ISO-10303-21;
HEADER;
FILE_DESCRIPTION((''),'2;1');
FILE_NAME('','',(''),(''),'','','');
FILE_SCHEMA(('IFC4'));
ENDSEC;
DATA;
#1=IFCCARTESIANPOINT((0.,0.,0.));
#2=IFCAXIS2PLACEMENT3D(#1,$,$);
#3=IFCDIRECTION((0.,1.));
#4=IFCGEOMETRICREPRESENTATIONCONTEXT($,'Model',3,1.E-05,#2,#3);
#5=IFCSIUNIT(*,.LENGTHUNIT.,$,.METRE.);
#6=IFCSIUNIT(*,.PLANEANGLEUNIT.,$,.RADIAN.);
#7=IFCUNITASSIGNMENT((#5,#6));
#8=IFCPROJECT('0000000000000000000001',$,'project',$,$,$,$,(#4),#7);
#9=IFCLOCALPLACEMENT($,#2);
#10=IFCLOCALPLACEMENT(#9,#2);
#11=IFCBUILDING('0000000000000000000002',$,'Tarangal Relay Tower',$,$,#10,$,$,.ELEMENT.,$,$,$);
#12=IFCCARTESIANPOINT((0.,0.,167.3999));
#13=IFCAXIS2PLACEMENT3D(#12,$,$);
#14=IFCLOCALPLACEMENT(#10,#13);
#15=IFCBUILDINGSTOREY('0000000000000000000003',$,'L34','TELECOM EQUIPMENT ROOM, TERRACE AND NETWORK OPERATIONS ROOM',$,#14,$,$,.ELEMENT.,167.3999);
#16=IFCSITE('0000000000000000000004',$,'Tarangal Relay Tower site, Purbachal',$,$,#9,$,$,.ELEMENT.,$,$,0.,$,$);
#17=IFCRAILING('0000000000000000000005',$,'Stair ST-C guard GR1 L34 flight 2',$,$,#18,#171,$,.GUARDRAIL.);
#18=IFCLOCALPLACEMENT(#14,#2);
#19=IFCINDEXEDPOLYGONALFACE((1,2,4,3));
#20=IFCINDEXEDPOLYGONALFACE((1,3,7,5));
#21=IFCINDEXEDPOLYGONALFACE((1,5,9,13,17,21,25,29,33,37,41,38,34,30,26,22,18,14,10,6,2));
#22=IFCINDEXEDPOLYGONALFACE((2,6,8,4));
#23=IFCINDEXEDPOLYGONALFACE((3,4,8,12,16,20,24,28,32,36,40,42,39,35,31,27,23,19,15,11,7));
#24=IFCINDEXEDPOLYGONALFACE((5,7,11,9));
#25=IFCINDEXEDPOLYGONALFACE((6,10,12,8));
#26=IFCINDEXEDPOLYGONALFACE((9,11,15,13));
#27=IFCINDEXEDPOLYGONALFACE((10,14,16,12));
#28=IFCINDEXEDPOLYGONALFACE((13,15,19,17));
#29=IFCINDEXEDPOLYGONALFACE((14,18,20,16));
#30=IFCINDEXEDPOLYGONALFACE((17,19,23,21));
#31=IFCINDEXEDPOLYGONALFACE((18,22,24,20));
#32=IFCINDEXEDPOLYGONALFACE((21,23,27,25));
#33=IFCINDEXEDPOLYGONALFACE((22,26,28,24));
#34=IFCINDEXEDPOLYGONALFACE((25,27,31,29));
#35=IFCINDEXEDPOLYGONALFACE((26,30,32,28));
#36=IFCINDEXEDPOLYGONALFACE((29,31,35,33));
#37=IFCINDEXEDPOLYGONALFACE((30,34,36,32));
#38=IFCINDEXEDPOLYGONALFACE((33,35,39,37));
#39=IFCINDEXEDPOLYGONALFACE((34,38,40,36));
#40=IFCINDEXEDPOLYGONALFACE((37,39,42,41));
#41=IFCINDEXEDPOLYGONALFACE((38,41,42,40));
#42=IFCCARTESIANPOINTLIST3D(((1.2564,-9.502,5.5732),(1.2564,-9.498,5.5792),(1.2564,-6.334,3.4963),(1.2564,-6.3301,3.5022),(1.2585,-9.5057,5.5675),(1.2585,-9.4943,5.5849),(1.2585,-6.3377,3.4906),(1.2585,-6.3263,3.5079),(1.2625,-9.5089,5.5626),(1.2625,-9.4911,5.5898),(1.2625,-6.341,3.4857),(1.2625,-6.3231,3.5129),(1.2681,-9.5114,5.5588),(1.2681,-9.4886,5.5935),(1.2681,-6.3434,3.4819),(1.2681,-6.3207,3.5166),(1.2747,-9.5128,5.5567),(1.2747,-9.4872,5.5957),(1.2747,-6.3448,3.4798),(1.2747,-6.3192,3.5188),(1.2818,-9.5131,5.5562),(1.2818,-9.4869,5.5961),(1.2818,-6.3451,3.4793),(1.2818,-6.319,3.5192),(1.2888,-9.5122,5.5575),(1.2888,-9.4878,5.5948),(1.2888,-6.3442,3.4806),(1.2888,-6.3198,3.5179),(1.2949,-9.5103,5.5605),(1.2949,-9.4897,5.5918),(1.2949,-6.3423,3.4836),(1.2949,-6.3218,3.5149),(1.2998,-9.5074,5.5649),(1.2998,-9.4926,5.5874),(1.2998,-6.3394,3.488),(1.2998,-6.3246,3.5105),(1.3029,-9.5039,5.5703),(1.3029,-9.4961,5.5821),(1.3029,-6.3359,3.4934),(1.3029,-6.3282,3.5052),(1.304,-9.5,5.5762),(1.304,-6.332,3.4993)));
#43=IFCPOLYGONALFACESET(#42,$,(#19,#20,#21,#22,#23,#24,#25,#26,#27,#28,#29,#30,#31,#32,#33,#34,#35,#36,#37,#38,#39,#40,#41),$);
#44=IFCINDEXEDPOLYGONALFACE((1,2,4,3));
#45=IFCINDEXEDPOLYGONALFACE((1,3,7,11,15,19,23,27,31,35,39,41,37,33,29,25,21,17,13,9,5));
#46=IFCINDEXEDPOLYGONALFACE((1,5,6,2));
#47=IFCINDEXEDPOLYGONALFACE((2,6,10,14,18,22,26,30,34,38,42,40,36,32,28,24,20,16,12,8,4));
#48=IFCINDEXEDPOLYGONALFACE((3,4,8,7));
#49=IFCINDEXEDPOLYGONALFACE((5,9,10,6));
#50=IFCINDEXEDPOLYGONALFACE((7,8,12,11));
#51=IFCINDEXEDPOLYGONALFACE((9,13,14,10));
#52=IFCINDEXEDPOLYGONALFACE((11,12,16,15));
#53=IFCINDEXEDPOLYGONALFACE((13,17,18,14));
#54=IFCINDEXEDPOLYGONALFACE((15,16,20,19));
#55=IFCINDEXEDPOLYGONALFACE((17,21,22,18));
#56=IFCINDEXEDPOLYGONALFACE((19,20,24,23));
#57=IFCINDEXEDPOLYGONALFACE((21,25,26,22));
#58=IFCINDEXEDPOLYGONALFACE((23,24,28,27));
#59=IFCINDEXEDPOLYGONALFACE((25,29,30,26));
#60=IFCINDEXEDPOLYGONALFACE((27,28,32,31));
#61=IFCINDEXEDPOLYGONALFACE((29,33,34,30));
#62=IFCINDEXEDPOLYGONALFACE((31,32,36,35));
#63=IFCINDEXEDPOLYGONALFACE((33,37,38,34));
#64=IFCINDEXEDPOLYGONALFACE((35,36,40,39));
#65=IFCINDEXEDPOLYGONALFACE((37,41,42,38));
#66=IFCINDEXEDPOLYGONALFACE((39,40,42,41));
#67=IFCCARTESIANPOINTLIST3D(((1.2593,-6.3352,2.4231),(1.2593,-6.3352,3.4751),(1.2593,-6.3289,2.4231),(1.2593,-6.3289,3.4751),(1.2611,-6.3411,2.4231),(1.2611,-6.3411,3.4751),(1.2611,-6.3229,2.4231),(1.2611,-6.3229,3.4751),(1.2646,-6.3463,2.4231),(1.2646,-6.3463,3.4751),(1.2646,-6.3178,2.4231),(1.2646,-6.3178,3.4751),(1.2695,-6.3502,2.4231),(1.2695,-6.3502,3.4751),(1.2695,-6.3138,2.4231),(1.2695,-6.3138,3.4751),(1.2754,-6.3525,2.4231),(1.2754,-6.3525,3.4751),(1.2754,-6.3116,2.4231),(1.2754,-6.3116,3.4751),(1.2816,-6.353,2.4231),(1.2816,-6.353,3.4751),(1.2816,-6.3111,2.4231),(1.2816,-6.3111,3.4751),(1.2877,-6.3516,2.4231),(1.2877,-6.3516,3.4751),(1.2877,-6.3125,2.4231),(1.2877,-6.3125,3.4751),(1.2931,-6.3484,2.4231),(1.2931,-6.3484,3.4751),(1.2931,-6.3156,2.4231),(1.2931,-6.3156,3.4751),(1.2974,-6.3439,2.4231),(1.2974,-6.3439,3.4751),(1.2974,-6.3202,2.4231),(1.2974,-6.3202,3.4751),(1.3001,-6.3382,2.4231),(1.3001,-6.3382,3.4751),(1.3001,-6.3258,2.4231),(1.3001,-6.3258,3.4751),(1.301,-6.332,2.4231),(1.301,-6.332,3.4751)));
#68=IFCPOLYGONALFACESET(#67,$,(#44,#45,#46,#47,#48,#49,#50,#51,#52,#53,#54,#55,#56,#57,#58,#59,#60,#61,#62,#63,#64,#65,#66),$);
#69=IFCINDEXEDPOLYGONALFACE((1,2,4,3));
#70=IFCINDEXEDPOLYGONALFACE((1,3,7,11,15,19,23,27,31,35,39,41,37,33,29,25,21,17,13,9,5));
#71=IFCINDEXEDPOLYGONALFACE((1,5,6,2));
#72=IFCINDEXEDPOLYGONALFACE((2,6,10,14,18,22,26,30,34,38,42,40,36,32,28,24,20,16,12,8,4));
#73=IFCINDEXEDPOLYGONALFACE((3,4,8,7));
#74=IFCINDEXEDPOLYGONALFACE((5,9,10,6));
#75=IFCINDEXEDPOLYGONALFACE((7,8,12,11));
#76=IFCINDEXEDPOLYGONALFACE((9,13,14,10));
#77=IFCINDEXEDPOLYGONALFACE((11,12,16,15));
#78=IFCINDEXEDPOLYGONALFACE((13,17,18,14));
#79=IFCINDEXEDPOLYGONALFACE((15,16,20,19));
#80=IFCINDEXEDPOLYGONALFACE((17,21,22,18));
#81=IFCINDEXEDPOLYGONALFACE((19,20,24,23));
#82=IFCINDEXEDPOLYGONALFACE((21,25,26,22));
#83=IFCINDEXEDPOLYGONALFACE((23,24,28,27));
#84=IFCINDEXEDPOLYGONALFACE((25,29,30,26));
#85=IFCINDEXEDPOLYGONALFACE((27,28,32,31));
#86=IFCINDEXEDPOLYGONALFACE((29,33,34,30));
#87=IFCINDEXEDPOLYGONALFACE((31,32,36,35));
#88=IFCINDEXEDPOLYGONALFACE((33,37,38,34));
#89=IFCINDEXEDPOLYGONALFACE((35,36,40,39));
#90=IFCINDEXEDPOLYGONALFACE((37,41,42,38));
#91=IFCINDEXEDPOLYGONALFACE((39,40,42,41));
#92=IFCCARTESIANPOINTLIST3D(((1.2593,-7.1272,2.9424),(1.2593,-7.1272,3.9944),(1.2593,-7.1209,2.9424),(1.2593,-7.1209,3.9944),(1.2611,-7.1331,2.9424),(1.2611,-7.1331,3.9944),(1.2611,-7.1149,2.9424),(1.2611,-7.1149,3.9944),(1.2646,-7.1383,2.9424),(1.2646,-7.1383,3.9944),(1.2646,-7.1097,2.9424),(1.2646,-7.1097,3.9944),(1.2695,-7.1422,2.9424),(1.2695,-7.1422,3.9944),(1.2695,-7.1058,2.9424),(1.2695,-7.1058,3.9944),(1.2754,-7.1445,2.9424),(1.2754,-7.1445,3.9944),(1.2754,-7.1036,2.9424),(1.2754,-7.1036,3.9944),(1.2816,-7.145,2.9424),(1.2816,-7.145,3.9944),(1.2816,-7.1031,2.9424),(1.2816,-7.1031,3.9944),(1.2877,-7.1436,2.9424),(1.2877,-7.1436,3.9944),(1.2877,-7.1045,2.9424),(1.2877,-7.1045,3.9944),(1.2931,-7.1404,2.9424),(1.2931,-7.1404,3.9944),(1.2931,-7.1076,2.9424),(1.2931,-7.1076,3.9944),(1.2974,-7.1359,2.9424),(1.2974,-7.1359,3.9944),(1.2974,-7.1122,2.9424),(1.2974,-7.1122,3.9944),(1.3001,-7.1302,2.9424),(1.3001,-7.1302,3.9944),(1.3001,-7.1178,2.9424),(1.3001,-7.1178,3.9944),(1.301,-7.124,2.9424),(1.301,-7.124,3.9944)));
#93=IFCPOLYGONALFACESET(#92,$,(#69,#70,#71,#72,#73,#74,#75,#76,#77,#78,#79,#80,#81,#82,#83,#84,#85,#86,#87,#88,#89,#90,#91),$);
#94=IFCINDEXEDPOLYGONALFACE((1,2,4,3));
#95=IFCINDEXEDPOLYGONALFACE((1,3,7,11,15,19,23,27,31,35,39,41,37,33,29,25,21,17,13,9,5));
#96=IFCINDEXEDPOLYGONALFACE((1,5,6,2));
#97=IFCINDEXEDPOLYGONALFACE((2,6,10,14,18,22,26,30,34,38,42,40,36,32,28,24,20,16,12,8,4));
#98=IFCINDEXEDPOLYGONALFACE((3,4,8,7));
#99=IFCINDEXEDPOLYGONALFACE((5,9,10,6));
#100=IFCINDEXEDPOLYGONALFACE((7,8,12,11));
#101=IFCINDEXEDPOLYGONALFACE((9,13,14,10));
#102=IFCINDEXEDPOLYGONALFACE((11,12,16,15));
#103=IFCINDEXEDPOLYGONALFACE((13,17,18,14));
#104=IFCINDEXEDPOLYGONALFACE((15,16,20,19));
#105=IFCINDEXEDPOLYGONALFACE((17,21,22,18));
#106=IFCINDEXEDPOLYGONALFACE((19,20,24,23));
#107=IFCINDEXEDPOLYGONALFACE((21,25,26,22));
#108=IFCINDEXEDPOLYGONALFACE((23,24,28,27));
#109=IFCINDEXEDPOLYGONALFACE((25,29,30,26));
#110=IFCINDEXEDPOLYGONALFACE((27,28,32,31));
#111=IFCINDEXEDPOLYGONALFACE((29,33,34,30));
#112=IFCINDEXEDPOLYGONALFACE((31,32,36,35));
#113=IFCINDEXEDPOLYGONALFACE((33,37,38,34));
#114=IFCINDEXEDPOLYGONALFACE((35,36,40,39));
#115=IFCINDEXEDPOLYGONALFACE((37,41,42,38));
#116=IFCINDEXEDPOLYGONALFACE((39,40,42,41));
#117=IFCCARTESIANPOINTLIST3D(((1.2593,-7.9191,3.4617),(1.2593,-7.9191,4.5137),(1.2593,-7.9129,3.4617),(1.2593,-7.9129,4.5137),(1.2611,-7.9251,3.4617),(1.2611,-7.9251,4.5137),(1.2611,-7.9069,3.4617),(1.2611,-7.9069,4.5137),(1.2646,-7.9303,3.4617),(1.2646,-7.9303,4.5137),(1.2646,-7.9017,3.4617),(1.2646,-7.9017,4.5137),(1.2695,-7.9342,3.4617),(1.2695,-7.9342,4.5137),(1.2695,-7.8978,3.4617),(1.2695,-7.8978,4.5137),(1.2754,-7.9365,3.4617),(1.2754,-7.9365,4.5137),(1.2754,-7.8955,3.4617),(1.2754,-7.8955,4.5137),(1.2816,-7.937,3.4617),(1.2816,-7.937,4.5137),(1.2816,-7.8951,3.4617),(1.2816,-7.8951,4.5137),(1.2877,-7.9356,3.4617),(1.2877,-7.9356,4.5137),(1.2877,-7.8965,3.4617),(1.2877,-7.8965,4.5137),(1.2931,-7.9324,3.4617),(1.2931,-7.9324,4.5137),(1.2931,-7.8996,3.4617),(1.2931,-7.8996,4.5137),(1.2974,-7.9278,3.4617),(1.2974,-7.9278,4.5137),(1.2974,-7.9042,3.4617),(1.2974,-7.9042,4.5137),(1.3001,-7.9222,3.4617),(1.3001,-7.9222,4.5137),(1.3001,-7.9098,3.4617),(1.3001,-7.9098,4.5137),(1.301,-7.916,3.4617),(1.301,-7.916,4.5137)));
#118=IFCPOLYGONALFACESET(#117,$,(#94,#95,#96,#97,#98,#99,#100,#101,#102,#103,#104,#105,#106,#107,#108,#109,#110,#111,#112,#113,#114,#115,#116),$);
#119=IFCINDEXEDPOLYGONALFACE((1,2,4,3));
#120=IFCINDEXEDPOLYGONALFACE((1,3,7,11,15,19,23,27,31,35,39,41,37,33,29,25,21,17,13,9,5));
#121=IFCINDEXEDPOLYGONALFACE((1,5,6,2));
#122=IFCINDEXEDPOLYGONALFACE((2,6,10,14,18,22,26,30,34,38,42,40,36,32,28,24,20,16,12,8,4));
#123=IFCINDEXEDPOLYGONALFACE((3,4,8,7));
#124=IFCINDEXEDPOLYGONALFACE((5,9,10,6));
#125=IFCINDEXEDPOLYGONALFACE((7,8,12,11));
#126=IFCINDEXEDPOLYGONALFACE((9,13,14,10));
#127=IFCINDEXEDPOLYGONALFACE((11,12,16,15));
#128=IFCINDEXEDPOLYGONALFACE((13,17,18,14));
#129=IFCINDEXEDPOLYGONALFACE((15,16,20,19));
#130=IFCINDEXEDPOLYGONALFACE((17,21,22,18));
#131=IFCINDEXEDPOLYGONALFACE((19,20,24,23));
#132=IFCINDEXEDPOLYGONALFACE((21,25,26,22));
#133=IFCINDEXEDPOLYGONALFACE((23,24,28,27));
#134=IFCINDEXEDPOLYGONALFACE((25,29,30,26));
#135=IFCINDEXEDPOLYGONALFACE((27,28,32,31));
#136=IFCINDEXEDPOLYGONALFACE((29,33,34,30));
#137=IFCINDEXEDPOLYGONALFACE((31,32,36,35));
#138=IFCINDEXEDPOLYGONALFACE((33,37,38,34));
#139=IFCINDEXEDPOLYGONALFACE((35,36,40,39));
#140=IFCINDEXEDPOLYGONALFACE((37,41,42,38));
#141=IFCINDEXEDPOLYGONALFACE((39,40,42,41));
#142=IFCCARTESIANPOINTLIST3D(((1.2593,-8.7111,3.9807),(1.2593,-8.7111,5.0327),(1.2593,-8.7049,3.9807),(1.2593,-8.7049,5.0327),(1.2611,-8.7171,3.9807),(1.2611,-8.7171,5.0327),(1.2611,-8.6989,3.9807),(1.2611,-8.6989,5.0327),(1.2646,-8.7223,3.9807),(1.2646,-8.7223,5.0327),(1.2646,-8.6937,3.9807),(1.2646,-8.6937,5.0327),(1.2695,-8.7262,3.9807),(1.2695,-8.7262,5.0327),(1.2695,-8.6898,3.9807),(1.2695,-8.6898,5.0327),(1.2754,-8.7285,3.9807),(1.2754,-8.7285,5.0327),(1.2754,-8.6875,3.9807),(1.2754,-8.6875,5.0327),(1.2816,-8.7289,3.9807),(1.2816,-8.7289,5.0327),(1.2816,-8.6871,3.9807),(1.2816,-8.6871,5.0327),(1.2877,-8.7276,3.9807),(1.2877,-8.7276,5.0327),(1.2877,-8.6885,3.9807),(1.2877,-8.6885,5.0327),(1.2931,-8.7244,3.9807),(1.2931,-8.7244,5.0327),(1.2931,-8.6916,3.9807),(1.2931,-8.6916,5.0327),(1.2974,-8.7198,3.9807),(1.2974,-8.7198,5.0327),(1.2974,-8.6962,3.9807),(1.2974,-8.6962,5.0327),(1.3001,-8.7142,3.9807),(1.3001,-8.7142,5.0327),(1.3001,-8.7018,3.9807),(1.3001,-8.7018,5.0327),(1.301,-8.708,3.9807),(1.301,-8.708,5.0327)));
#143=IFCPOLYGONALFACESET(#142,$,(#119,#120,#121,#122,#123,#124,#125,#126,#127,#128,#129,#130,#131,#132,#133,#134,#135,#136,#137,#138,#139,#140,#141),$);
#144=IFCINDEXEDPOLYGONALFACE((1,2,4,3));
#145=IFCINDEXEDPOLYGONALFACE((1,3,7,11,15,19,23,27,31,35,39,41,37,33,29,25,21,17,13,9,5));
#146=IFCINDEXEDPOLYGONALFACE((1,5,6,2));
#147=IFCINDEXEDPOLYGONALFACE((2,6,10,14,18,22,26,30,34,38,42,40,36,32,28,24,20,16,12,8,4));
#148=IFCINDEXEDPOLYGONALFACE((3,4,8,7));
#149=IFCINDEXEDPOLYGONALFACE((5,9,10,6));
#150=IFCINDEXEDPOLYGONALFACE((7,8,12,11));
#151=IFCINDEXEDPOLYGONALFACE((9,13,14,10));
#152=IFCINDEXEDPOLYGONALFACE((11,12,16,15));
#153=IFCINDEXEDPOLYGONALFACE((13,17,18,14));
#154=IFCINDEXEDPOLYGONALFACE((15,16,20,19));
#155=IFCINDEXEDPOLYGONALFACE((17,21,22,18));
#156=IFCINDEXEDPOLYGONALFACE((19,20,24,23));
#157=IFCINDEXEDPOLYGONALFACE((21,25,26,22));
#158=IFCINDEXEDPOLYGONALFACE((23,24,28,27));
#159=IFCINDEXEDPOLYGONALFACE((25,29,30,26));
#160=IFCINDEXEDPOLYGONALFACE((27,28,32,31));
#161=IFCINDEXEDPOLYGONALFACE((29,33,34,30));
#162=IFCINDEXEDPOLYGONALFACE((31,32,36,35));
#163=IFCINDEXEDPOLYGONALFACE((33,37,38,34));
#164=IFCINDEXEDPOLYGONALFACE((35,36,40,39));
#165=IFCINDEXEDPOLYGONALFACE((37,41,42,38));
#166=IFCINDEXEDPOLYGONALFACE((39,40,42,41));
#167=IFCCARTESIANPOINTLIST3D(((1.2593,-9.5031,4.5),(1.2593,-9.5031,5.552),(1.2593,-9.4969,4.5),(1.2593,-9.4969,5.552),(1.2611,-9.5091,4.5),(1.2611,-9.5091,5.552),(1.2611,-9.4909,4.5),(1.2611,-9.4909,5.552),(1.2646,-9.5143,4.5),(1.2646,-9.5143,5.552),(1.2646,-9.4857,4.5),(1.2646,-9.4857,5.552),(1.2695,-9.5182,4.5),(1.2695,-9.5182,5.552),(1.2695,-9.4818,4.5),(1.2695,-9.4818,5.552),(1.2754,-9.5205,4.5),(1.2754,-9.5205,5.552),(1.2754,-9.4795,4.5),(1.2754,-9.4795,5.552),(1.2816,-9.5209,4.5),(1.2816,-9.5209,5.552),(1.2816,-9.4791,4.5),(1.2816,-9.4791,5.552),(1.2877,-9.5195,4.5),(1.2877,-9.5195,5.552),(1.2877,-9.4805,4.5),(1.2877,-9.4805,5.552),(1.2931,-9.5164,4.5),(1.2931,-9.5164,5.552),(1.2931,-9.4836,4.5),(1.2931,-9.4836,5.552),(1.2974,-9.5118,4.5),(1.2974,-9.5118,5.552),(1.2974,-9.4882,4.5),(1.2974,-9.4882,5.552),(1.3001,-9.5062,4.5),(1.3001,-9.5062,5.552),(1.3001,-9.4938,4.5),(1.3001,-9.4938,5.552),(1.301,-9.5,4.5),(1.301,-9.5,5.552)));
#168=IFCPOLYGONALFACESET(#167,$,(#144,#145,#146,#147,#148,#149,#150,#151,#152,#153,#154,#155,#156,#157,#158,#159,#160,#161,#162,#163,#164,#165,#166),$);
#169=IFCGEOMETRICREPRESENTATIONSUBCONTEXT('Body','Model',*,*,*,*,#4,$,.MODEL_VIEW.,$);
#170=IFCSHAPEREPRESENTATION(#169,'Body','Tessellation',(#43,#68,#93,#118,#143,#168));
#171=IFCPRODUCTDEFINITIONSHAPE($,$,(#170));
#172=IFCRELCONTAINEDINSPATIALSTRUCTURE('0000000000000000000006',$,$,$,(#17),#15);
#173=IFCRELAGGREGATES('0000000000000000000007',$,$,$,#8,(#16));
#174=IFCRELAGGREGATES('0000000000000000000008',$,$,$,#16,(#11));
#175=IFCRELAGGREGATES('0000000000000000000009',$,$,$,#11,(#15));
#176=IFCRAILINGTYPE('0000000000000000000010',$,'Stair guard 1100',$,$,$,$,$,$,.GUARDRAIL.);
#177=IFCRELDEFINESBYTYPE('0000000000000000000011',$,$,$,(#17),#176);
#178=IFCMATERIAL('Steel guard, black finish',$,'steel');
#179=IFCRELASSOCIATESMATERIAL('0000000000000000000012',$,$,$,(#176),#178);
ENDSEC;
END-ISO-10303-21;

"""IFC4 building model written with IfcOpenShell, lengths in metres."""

from ifc_helpers import new_model, si_unit, direction, frame, origin, origin_2d, place, context, subcontext, project, spatial, circle, extrude, material, type_object, element, save


model = new_model("IFC4")

# Units and contexts
model_context = context("Model", 3, precision=1e-05, world=origin(), true_north=direction((0.0, 1.0)))
body_context = subcontext(model_context, "Body", "Model", "MODEL_VIEW")
ifc_project = project(units=[si_unit("LENGTHUNIT", "METRE"), si_unit("PLANEANGLEUNIT", "RADIAN")], contexts=[model_context])

# Site, building, storey
site_placement = place(None, origin())
site = spatial("IfcSite", under=ifc_project, at=site_placement, Name="Tarangal Relay Tower site, Purbachal", CompositionType="ELEMENT", RefElevation=0.0)
building_placement = place(site_placement, origin())
building = spatial("IfcBuilding", under=site, at=building_placement, Name="Tarangal Relay Tower", CompositionType="ELEMENT")
storey_placement = place(building_placement, frame((0.0, 0.0, 167.3999)))
storey = spatial("IfcBuildingStorey", under=building, at=storey_placement, Name="L34", Description="TELECOM EQUIPMENT ROOM, TERRACE AND NETWORK OPERATIONS ROOM", CompositionType="ELEMENT", Elevation=167.3999)

# Railing
ifc_material_1 = material(Name="Steel guard, black finish", Category="steel")
railing_type_1 = type_object("IfcRailingType", Name="Stair guard 1100", PredefinedType="GUARDRAIL", material=ifc_material_1)
railing_1_placement = place(storey_placement, frame((1.28, -6.332, 2.4231)))
element("IfcRailing", 1, at=railing_1_placement, inside=storey, type_object=railing_type_1, Name="Stair ST-C guard GR1 L34 flight 2", PredefinedType="GUARDRAIL", context=body_context, shape_type="SweptSolid", body=[
    extrude(circle(Radius=0.0239, at=origin_2d()), frame((0.0, 0.0, 1.0762), z_axis=(0.0, -0.836299, 0.548273), x_axis=(1.0, 0.0, 0.0)), (0.0, 0.0, 1.0), 3.7881),
    extrude(circle(Radius=0.021, at=origin_2d()), origin(), (0.0, 0.0, 1.0), 1.052),
    extrude(circle(Radius=0.021, at=origin_2d()), frame((0.0, -0.792, 0.5193)), (0.0, 0.0, 1.0), 1.052),
    extrude(circle(Radius=0.021, at=origin_2d()), frame((0.0, -1.584, 1.0386)), (0.0, 0.0, 1.0), 1.052),
    extrude(circle(Radius=0.021, at=origin_2d()), frame((0.0, -2.376, 1.5576)), (0.0, 0.0, 1.0), 1.052),
    extrude(circle(Radius=0.021, at=origin_2d()), frame((0.0, -3.168, 2.0769)), (0.0, 0.0, 1.0), 1.052),
])

save(model, "model.ifc")
